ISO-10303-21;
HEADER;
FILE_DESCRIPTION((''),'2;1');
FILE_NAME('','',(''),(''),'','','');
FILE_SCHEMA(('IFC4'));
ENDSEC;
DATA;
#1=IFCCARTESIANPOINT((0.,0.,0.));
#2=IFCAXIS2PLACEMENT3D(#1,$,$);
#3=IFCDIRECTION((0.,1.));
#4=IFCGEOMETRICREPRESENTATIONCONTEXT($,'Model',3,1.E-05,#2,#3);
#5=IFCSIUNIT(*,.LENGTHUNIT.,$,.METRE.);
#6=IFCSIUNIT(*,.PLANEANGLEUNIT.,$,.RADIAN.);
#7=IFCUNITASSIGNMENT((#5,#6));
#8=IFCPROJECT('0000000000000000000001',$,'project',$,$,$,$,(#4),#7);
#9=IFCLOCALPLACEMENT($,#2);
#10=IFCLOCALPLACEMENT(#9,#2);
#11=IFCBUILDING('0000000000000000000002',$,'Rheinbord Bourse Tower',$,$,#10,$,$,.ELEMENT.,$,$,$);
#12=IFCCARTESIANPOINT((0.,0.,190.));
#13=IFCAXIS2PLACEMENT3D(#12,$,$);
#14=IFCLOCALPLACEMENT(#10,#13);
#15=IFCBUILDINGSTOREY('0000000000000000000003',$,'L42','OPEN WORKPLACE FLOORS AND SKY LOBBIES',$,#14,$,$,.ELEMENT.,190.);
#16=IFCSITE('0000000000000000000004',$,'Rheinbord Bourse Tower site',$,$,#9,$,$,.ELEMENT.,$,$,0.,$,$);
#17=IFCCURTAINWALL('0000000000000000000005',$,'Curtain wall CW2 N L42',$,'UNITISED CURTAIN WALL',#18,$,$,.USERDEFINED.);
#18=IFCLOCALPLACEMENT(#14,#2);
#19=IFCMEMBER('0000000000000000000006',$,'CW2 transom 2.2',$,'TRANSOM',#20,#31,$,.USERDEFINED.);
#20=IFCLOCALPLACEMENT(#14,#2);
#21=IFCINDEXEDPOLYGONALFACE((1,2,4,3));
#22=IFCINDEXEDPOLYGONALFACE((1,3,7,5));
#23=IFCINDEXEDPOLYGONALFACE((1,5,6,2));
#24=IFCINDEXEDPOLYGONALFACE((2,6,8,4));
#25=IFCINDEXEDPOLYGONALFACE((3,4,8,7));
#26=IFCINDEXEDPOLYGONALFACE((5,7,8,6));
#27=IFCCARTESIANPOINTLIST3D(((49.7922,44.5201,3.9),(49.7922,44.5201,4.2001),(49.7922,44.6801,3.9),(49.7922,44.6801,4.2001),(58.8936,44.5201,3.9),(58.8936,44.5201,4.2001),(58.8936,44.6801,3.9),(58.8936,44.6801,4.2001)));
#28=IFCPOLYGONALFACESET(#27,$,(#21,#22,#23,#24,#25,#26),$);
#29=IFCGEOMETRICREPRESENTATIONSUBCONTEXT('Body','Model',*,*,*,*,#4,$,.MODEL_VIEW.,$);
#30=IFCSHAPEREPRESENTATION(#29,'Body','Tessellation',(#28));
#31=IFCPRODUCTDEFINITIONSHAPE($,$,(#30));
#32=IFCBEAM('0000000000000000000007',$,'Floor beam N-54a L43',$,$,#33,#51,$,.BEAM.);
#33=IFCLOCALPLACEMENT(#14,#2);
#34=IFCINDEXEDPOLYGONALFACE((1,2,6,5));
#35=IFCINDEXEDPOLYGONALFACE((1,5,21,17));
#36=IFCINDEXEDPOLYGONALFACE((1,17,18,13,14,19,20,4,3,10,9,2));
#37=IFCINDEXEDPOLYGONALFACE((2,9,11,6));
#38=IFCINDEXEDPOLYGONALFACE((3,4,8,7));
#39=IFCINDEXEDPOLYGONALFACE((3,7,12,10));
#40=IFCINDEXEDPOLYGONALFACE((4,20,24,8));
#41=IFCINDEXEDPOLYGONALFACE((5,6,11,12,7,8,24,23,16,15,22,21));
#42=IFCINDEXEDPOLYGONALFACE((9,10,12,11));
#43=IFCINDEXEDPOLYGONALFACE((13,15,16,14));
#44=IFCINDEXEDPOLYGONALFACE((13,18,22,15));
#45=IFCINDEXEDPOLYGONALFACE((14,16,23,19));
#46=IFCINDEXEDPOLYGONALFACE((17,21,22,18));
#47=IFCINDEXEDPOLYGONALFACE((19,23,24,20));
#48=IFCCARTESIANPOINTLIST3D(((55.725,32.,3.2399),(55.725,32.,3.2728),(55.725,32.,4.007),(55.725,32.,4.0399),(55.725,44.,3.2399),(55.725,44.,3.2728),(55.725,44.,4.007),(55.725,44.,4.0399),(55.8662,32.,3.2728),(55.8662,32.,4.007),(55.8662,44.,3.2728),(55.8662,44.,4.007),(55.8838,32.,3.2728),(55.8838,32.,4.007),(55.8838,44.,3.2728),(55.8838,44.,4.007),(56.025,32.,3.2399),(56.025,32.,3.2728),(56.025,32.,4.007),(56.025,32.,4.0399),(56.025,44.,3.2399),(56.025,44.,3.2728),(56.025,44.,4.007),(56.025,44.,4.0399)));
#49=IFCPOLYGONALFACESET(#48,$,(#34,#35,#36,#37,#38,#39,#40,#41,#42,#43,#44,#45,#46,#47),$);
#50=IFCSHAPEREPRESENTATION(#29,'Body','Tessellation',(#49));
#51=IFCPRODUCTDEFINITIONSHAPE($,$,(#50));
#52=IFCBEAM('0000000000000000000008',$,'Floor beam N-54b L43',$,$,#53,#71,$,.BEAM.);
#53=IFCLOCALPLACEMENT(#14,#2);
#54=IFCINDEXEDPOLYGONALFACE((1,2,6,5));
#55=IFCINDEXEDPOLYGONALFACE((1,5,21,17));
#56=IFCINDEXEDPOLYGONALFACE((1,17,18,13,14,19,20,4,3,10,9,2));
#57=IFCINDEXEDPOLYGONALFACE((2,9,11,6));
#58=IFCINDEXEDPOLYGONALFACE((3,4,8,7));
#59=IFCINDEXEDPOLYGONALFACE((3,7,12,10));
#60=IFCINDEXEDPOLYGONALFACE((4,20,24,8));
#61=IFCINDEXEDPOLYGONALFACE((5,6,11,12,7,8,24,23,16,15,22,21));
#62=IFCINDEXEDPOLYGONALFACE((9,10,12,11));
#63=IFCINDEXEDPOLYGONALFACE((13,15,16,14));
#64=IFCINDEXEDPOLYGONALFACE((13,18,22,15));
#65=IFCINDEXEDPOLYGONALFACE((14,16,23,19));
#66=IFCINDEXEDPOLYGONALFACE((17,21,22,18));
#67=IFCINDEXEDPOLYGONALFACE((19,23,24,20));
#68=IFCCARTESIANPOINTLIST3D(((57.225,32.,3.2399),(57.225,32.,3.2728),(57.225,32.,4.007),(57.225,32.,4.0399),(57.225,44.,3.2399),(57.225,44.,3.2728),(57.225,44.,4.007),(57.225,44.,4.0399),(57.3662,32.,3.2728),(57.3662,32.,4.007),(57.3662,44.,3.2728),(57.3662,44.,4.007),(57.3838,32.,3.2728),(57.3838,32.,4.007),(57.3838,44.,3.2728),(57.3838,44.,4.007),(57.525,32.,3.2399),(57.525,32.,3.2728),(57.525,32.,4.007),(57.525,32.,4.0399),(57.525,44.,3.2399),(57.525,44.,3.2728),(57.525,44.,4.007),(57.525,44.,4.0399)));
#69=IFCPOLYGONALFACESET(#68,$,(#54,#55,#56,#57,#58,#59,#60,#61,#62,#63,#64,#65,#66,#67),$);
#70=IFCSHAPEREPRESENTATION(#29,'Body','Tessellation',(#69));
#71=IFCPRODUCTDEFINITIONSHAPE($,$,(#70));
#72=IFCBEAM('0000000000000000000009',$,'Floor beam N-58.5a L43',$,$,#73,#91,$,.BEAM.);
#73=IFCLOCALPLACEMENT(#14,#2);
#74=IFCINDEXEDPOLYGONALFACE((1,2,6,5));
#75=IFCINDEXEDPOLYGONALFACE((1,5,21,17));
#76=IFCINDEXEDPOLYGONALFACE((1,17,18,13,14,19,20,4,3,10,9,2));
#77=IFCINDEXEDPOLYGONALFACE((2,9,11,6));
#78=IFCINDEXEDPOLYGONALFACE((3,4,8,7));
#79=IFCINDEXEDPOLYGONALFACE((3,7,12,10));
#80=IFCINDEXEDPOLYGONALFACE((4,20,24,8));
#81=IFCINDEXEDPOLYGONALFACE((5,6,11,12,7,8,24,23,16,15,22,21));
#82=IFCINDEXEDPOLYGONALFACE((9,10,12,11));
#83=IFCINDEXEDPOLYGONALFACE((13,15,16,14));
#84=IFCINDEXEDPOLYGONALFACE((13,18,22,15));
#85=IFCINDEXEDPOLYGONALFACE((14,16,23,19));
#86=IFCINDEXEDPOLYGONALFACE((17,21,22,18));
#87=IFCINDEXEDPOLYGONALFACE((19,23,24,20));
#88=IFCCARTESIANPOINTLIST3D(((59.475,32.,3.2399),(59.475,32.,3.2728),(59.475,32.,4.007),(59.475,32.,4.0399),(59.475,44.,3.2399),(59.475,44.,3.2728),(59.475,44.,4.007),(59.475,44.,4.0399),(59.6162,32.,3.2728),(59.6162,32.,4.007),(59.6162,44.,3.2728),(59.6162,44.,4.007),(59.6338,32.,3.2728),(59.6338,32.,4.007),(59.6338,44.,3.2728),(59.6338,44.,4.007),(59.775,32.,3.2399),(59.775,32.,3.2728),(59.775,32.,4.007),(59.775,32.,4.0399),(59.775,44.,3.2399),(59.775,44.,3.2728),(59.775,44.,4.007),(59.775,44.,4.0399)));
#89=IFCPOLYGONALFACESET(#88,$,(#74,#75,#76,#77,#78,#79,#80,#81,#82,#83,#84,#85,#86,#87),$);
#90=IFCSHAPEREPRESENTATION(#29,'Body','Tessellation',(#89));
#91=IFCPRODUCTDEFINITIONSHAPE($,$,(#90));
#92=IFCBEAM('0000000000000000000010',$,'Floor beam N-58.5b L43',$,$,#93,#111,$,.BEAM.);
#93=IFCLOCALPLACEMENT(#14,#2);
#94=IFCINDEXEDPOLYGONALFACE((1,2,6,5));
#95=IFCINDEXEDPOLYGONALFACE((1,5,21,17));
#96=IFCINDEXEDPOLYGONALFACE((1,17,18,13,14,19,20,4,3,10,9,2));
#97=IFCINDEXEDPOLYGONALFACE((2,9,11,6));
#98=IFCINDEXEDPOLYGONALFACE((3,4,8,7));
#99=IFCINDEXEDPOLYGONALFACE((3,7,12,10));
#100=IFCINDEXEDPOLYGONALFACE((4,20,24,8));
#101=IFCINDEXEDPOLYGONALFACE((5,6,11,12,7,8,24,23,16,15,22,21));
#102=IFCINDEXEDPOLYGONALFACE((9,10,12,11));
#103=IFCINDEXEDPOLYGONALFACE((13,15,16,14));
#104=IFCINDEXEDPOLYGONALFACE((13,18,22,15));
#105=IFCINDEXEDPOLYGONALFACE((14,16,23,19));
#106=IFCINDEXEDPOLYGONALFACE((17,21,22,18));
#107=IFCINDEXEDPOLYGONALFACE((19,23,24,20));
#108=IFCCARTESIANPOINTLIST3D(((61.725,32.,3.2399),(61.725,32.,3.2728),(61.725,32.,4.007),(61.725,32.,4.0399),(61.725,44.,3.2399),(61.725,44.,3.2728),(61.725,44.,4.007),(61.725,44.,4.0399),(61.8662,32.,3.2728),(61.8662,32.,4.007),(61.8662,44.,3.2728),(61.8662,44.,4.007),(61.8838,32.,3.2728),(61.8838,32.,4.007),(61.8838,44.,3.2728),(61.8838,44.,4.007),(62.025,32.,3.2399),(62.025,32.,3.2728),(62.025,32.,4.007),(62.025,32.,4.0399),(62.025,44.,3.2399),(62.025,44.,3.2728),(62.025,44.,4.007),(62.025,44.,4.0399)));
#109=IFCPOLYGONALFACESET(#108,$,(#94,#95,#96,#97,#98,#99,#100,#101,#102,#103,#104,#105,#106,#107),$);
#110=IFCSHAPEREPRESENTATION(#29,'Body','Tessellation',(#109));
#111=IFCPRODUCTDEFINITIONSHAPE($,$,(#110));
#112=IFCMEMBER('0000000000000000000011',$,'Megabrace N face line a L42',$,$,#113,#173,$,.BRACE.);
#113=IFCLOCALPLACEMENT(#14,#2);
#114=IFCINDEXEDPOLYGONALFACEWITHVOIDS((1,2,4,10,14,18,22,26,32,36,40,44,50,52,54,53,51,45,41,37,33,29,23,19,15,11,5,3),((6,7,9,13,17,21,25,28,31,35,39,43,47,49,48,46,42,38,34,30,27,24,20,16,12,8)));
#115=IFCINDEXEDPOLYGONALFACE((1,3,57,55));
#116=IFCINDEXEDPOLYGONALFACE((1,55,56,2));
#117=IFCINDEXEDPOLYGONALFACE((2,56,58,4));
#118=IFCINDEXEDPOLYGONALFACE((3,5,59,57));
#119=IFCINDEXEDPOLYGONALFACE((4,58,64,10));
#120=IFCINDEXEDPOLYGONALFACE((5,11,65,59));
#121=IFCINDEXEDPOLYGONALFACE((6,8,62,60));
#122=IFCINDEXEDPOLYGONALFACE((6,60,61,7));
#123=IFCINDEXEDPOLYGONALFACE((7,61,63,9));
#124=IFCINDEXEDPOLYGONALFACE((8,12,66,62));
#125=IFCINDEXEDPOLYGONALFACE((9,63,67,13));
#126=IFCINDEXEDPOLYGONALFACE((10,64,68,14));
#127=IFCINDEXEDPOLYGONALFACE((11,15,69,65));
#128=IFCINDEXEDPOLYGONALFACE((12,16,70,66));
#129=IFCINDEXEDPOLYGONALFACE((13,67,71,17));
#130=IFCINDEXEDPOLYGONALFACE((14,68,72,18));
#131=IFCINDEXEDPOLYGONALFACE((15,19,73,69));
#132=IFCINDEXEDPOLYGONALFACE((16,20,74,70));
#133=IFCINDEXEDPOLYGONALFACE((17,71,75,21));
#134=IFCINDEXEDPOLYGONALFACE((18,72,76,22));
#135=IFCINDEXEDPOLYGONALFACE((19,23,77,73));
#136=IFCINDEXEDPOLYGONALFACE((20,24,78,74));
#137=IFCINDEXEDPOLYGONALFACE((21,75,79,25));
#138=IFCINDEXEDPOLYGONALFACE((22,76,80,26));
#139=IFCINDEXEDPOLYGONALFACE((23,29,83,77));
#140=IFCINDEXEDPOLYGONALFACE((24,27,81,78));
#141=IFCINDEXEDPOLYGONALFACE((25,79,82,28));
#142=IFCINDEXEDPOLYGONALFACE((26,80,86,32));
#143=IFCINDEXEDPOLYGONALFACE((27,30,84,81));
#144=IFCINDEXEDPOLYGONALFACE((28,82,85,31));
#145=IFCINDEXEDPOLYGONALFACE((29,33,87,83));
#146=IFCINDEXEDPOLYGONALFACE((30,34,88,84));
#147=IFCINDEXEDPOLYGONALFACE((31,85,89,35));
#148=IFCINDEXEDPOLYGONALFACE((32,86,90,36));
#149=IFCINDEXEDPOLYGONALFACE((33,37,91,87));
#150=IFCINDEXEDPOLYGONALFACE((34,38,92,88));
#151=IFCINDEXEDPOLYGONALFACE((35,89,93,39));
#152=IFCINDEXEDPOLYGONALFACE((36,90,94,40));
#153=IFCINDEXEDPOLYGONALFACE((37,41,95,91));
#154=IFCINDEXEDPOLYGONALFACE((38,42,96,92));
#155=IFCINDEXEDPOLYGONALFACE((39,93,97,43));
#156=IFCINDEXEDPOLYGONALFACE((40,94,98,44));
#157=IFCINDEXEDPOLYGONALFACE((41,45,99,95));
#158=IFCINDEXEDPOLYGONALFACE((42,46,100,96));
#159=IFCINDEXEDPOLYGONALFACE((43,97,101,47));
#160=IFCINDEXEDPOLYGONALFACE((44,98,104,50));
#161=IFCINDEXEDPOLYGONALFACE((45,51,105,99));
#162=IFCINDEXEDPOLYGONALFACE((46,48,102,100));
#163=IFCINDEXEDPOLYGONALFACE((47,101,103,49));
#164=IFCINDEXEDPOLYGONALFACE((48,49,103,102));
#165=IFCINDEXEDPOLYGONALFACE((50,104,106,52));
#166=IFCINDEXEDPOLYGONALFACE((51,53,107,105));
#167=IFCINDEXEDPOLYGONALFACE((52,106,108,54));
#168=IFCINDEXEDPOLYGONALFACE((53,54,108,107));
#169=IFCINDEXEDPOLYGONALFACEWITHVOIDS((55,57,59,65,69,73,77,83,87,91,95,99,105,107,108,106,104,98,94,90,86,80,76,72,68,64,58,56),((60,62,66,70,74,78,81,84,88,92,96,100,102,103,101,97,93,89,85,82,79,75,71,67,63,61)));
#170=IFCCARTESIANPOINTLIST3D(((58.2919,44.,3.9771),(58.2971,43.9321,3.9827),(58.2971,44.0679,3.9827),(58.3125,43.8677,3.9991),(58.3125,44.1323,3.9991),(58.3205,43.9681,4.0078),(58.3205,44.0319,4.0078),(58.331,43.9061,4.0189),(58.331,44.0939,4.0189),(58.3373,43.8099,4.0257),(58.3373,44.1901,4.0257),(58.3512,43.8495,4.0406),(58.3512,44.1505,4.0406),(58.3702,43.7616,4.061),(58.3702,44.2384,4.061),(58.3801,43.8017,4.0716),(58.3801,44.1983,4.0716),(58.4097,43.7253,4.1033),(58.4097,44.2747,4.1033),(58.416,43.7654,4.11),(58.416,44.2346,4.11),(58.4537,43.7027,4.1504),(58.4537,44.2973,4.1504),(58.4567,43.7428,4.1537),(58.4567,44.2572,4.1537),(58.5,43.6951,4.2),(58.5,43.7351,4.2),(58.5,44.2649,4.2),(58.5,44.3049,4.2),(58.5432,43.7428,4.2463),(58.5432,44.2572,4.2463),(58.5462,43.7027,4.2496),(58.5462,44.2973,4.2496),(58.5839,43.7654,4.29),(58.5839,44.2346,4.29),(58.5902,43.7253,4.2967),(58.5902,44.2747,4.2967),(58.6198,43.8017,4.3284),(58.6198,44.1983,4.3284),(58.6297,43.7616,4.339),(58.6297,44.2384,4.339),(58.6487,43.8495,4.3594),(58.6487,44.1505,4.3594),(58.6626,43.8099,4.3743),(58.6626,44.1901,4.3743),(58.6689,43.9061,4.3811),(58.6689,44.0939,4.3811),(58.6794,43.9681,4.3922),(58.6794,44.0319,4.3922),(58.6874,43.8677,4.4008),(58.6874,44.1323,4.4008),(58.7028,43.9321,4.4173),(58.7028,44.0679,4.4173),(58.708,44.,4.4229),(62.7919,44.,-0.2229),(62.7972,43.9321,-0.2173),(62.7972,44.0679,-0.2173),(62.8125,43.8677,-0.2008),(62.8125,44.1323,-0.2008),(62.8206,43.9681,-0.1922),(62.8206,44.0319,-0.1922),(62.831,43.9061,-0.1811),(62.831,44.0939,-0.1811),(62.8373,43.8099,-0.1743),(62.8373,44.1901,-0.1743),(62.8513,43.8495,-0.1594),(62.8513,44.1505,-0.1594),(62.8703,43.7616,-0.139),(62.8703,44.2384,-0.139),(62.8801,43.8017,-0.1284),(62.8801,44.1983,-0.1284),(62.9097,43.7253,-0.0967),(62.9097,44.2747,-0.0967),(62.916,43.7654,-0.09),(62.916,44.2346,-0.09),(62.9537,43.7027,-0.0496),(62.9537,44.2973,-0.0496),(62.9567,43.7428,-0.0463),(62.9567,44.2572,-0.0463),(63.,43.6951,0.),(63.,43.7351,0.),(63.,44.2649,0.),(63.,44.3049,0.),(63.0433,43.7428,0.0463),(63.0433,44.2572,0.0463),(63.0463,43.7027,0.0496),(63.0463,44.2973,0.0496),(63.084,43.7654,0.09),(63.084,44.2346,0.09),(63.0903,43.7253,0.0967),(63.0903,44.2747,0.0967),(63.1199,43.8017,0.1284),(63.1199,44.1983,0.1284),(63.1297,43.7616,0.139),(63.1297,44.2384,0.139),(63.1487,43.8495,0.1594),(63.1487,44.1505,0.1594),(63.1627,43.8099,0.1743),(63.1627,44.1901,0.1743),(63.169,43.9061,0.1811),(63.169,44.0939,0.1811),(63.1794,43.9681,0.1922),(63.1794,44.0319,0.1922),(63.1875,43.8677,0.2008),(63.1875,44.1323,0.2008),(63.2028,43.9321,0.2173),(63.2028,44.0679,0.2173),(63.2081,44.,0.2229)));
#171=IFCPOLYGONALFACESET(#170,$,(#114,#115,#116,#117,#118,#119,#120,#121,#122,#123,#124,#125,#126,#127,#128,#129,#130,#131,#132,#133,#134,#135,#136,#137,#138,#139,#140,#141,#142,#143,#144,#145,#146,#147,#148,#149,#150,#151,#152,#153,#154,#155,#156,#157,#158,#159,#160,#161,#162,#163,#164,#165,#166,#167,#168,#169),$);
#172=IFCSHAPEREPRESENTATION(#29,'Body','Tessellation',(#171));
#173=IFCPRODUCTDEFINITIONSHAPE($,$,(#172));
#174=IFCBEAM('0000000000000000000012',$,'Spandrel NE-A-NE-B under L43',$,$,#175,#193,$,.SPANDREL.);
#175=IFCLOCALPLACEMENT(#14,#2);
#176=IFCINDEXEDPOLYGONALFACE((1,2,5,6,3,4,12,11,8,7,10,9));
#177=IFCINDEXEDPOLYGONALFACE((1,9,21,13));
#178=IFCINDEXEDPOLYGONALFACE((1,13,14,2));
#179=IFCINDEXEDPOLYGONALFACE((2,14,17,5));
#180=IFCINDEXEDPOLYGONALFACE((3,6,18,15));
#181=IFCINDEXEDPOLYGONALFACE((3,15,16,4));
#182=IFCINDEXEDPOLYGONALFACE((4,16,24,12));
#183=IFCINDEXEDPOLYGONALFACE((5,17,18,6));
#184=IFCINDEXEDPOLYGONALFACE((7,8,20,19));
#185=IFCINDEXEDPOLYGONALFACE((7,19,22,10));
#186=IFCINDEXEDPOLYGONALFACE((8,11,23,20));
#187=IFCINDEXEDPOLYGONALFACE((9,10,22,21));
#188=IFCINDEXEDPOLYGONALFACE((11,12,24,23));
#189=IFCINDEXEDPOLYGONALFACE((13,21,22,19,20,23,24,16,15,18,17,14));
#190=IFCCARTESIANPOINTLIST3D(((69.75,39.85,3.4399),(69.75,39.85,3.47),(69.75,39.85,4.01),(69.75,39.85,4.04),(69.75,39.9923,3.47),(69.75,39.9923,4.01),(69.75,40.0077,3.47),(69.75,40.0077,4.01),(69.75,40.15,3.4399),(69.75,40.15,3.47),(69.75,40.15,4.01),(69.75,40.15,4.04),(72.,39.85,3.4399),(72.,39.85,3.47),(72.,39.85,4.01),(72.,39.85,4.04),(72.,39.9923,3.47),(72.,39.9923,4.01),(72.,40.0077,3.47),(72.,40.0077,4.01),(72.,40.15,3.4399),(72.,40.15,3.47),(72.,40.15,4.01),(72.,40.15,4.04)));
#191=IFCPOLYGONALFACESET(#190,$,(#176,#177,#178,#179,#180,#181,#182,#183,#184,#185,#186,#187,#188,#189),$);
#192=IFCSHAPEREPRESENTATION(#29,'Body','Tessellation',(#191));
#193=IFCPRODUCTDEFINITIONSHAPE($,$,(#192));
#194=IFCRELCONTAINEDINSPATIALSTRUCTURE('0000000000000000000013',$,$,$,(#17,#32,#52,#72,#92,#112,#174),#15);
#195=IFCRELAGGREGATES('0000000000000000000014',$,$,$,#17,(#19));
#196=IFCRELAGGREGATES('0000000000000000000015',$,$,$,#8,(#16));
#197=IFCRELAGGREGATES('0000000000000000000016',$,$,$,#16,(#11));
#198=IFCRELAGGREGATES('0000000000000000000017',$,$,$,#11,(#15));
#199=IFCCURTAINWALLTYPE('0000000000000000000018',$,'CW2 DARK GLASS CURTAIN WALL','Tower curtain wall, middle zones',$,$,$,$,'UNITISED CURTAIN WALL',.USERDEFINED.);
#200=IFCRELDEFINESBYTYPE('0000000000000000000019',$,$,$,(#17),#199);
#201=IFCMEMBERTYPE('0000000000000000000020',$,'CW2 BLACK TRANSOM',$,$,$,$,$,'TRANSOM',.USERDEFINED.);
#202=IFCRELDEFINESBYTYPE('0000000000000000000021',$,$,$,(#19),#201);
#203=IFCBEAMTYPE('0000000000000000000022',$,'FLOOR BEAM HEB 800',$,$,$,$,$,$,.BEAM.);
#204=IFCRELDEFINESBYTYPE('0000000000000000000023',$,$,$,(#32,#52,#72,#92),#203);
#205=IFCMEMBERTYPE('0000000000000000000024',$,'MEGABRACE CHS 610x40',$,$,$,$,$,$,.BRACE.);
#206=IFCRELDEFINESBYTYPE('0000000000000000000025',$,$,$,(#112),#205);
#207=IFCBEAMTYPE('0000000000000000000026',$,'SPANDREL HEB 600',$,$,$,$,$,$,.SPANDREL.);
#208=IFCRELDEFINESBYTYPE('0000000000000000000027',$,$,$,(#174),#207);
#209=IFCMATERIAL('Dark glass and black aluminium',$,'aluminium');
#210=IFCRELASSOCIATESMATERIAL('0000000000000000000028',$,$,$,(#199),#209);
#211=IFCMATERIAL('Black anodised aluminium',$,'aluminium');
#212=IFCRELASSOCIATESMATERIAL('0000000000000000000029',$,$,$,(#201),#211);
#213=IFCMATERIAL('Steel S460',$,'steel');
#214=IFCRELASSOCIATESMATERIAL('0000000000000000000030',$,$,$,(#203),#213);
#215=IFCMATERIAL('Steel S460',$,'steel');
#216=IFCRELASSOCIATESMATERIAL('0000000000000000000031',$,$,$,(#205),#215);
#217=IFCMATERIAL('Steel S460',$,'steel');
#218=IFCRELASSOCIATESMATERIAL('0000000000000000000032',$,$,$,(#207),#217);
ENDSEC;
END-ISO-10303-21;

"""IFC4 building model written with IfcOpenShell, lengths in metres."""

from ifc_helpers import new_model, si_unit, direction, frame, origin, origin_2d, place, context, subcontext, project, spatial, rectangle, hollow_circle, i_section, extrude, material, material_profile, profile_set, type_object, element, aggregate, save


model = new_model("IFC4")

# Units and contexts
model_context = context("Model", 3, precision=1e-05, world=origin(), true_north=direction((0.0, 1.0)))
body_context = subcontext(model_context, "Body", "Model", "MODEL_VIEW")
ifc_project = project(units=[si_unit("LENGTHUNIT", "METRE"), si_unit("PLANEANGLEUNIT", "RADIAN")], contexts=[model_context])

# Site, building, storey
site_placement = place(None, origin())
site = spatial("IfcSite", under=ifc_project, at=site_placement, Name="Rheinbord Bourse Tower site", CompositionType="ELEMENT", RefElevation=0.0)
building_placement = place(site_placement, origin())
building = spatial("IfcBuilding", under=site, at=building_placement, Name="Rheinbord Bourse Tower", CompositionType="ELEMENT")
storey_placement = place(building_placement, frame((0.0, 0.0, 190.0)))
storey = spatial("IfcBuildingStorey", under=building, at=storey_placement, Name="L42", Description="OPEN WORKPLACE FLOORS AND SKY LOBBIES", CompositionType="ELEMENT", Elevation=190.0)

# Curtain wall
ifc_material_1 = material(Name="Dark glass and black aluminium", Category="aluminium")
curtain_wall_type = type_object("IfcCurtainWallType", Name="CW2 DARK GLASS CURTAIN WALL", Description="Tower curtain wall, middle zones", ElementType="UNITISED CURTAIN WALL", PredefinedType="USERDEFINED", material=ifc_material_1)
curtain_wall_1_placement = place(storey_placement, origin())
curtain_wall_1 = element("IfcCurtainWall", 1, at=curtain_wall_1_placement, inside=storey, type_object=curtain_wall_type, Name="Curtain wall CW2 N L42", ObjectType="UNITISED CURTAIN WALL", PredefinedType="USERDEFINED")

# Member
ifc_material_2 = material(Name="Black anodised aluminium", Category="aluminium")
ifc_material_profile_1 = material_profile(ifc_material_2, rectangle(XDim=0.1599, YDim=0.3, at=origin_2d()), Name="CW2 TRANSOM 300x160")
ifc_profile_set_1 = profile_set([ifc_material_profile_1], Name="Black anodised aluminium")
member_type_1 = type_object("IfcMemberType", Name="CW2 BLACK TRANSOM", ElementType="TRANSOM", PredefinedType="USERDEFINED", material=ifc_profile_set_1)
member_1_placement = place(storey_placement, frame((58.8936, 44.6001, 4.05), z_axis=(-1.0, 0.0, 0.0), x_axis=(0.0, -1.0, 0.0)))
member_1 = element("IfcMember", 2, at=member_1_placement, type_object=member_type_1, Name="CW2 transom 2.2", ObjectType="TRANSOM", PredefinedType="USERDEFINED", context=body_context, shape_type="SweptSolid", body=[
    extrude(rectangle(XDim=0.1599, YDim=0.3, at=origin_2d()), origin(), (0.0, 0.0, 1.0), 9.1013),
])

# Beams
ifc_material_3 = material(Name="Steel S460", Category="steel")
ifc_material_profile_2 = material_profile(ifc_material_3, i_section(OverallWidth=0.3, OverallDepth=0.8, WebThickness=0.0176, FlangeThickness=0.033, at=origin_2d()), Name="HEB 800")
ifc_profile_set_2 = profile_set([ifc_material_profile_2], Name="Steel S460")
beam_type_1 = type_object("IfcBeamType", Name="FLOOR BEAM HEB 800", PredefinedType="BEAM", material=ifc_profile_set_2)
for number, where, z_axis, x_axis, name in (
    (3, (55.875, 44.0, 3.6399), (0.0, -1.0, 0.0), (1.0, 0.0, 0.0), "Floor beam N-54a L43"),
    (4, (57.375, 44.0, 3.6399), (0.0, -1.0, 0.0), (1.0, 0.0, 0.0), "Floor beam N-54b L43"),
    (5, (59.625, 44.0, 3.6399), (0.0, -1.0, 0.0), (1.0, 0.0, 0.0), "Floor beam N-58.5a L43"),
    (6, (61.875, 44.0, 3.6399), (0.0, -1.0, 0.0), (1.0, 0.0, 0.0), "Floor beam N-58.5b L43"),
):
    element("IfcBeam", number, at=place(storey_placement, frame(where, z_axis=z_axis, x_axis=x_axis)), inside=storey, type_object=beam_type_1, Name=name, PredefinedType="BEAM", context=body_context, shape_type="SweptSolid", body=[
        extrude(i_section(OverallWidth=0.3, OverallDepth=0.8, WebThickness=0.0176, FlangeThickness=0.033, at=origin_2d()), origin(), (0.0, 0.0, 1.0), 12.0),
    ])

# Member
ifc_material_4 = material(Name="Steel S460", Category="steel")
ifc_material_profile_3 = material_profile(ifc_material_4, hollow_circle(Radius=0.3049, WallThickness=0.04, at=origin_2d()), Name="CHS 610x40")
ifc_profile_set_3 = profile_set([ifc_material_profile_3], Name="Steel S460")
member_type_2 = type_object("IfcMemberType", Name="MEGABRACE CHS 610x40", PredefinedType="BRACE", material=ifc_profile_set_3)
member_2_placement = place(storey_placement, frame((63.0, 44.0, 0.0), z_axis=(-0.731059, 0.0, 0.682314), x_axis=(0.0, -1.0, 0.0)))
element("IfcMember", 7, at=member_2_placement, inside=storey, type_object=member_type_2, Name="Megabrace N face line a L42", PredefinedType="BRACE", context=body_context, shape_type="SweptSolid", body=[
    extrude(hollow_circle(Radius=0.3049, WallThickness=0.04, at=origin_2d()), origin(), (0.0, 0.0, 1.0), 6.1555),
])

# Beam
ifc_material_5 = material(Name="Steel S460", Category="steel")
ifc_material_profile_4 = material_profile(ifc_material_5, i_section(OverallWidth=0.3, OverallDepth=0.6001, WebThickness=0.0154, FlangeThickness=0.03, at=origin_2d()), Name="HEB 600")
ifc_profile_set_4 = profile_set([ifc_material_profile_4], Name="Steel S460")
beam_type_2 = type_object("IfcBeamType", Name="SPANDREL HEB 600", PredefinedType="SPANDREL", material=ifc_profile_set_4)
for number, where, z_axis, x_axis, name in (
    (8, (72.0, 40.0, 3.74), (-1.0, 0.0, 0.0), (0.0, -1.0, 0.0), "Spandrel NE-A-NE-B under L43"),
):
    element("IfcBeam", number, at=place(storey_placement, frame(where, z_axis=z_axis, x_axis=x_axis)), inside=storey, type_object=beam_type_2, Name=name, PredefinedType="SPANDREL", context=body_context, shape_type="SweptSolid", body=[
        extrude(i_section(OverallWidth=0.3, OverallDepth=0.6001, WebThickness=0.0154, FlangeThickness=0.03, at=origin_2d()), origin(), (0.0, 0.0, 1.0), 2.25),
    ])

aggregate(curtain_wall_1, [member_1])

save(model, "model.ifc")
